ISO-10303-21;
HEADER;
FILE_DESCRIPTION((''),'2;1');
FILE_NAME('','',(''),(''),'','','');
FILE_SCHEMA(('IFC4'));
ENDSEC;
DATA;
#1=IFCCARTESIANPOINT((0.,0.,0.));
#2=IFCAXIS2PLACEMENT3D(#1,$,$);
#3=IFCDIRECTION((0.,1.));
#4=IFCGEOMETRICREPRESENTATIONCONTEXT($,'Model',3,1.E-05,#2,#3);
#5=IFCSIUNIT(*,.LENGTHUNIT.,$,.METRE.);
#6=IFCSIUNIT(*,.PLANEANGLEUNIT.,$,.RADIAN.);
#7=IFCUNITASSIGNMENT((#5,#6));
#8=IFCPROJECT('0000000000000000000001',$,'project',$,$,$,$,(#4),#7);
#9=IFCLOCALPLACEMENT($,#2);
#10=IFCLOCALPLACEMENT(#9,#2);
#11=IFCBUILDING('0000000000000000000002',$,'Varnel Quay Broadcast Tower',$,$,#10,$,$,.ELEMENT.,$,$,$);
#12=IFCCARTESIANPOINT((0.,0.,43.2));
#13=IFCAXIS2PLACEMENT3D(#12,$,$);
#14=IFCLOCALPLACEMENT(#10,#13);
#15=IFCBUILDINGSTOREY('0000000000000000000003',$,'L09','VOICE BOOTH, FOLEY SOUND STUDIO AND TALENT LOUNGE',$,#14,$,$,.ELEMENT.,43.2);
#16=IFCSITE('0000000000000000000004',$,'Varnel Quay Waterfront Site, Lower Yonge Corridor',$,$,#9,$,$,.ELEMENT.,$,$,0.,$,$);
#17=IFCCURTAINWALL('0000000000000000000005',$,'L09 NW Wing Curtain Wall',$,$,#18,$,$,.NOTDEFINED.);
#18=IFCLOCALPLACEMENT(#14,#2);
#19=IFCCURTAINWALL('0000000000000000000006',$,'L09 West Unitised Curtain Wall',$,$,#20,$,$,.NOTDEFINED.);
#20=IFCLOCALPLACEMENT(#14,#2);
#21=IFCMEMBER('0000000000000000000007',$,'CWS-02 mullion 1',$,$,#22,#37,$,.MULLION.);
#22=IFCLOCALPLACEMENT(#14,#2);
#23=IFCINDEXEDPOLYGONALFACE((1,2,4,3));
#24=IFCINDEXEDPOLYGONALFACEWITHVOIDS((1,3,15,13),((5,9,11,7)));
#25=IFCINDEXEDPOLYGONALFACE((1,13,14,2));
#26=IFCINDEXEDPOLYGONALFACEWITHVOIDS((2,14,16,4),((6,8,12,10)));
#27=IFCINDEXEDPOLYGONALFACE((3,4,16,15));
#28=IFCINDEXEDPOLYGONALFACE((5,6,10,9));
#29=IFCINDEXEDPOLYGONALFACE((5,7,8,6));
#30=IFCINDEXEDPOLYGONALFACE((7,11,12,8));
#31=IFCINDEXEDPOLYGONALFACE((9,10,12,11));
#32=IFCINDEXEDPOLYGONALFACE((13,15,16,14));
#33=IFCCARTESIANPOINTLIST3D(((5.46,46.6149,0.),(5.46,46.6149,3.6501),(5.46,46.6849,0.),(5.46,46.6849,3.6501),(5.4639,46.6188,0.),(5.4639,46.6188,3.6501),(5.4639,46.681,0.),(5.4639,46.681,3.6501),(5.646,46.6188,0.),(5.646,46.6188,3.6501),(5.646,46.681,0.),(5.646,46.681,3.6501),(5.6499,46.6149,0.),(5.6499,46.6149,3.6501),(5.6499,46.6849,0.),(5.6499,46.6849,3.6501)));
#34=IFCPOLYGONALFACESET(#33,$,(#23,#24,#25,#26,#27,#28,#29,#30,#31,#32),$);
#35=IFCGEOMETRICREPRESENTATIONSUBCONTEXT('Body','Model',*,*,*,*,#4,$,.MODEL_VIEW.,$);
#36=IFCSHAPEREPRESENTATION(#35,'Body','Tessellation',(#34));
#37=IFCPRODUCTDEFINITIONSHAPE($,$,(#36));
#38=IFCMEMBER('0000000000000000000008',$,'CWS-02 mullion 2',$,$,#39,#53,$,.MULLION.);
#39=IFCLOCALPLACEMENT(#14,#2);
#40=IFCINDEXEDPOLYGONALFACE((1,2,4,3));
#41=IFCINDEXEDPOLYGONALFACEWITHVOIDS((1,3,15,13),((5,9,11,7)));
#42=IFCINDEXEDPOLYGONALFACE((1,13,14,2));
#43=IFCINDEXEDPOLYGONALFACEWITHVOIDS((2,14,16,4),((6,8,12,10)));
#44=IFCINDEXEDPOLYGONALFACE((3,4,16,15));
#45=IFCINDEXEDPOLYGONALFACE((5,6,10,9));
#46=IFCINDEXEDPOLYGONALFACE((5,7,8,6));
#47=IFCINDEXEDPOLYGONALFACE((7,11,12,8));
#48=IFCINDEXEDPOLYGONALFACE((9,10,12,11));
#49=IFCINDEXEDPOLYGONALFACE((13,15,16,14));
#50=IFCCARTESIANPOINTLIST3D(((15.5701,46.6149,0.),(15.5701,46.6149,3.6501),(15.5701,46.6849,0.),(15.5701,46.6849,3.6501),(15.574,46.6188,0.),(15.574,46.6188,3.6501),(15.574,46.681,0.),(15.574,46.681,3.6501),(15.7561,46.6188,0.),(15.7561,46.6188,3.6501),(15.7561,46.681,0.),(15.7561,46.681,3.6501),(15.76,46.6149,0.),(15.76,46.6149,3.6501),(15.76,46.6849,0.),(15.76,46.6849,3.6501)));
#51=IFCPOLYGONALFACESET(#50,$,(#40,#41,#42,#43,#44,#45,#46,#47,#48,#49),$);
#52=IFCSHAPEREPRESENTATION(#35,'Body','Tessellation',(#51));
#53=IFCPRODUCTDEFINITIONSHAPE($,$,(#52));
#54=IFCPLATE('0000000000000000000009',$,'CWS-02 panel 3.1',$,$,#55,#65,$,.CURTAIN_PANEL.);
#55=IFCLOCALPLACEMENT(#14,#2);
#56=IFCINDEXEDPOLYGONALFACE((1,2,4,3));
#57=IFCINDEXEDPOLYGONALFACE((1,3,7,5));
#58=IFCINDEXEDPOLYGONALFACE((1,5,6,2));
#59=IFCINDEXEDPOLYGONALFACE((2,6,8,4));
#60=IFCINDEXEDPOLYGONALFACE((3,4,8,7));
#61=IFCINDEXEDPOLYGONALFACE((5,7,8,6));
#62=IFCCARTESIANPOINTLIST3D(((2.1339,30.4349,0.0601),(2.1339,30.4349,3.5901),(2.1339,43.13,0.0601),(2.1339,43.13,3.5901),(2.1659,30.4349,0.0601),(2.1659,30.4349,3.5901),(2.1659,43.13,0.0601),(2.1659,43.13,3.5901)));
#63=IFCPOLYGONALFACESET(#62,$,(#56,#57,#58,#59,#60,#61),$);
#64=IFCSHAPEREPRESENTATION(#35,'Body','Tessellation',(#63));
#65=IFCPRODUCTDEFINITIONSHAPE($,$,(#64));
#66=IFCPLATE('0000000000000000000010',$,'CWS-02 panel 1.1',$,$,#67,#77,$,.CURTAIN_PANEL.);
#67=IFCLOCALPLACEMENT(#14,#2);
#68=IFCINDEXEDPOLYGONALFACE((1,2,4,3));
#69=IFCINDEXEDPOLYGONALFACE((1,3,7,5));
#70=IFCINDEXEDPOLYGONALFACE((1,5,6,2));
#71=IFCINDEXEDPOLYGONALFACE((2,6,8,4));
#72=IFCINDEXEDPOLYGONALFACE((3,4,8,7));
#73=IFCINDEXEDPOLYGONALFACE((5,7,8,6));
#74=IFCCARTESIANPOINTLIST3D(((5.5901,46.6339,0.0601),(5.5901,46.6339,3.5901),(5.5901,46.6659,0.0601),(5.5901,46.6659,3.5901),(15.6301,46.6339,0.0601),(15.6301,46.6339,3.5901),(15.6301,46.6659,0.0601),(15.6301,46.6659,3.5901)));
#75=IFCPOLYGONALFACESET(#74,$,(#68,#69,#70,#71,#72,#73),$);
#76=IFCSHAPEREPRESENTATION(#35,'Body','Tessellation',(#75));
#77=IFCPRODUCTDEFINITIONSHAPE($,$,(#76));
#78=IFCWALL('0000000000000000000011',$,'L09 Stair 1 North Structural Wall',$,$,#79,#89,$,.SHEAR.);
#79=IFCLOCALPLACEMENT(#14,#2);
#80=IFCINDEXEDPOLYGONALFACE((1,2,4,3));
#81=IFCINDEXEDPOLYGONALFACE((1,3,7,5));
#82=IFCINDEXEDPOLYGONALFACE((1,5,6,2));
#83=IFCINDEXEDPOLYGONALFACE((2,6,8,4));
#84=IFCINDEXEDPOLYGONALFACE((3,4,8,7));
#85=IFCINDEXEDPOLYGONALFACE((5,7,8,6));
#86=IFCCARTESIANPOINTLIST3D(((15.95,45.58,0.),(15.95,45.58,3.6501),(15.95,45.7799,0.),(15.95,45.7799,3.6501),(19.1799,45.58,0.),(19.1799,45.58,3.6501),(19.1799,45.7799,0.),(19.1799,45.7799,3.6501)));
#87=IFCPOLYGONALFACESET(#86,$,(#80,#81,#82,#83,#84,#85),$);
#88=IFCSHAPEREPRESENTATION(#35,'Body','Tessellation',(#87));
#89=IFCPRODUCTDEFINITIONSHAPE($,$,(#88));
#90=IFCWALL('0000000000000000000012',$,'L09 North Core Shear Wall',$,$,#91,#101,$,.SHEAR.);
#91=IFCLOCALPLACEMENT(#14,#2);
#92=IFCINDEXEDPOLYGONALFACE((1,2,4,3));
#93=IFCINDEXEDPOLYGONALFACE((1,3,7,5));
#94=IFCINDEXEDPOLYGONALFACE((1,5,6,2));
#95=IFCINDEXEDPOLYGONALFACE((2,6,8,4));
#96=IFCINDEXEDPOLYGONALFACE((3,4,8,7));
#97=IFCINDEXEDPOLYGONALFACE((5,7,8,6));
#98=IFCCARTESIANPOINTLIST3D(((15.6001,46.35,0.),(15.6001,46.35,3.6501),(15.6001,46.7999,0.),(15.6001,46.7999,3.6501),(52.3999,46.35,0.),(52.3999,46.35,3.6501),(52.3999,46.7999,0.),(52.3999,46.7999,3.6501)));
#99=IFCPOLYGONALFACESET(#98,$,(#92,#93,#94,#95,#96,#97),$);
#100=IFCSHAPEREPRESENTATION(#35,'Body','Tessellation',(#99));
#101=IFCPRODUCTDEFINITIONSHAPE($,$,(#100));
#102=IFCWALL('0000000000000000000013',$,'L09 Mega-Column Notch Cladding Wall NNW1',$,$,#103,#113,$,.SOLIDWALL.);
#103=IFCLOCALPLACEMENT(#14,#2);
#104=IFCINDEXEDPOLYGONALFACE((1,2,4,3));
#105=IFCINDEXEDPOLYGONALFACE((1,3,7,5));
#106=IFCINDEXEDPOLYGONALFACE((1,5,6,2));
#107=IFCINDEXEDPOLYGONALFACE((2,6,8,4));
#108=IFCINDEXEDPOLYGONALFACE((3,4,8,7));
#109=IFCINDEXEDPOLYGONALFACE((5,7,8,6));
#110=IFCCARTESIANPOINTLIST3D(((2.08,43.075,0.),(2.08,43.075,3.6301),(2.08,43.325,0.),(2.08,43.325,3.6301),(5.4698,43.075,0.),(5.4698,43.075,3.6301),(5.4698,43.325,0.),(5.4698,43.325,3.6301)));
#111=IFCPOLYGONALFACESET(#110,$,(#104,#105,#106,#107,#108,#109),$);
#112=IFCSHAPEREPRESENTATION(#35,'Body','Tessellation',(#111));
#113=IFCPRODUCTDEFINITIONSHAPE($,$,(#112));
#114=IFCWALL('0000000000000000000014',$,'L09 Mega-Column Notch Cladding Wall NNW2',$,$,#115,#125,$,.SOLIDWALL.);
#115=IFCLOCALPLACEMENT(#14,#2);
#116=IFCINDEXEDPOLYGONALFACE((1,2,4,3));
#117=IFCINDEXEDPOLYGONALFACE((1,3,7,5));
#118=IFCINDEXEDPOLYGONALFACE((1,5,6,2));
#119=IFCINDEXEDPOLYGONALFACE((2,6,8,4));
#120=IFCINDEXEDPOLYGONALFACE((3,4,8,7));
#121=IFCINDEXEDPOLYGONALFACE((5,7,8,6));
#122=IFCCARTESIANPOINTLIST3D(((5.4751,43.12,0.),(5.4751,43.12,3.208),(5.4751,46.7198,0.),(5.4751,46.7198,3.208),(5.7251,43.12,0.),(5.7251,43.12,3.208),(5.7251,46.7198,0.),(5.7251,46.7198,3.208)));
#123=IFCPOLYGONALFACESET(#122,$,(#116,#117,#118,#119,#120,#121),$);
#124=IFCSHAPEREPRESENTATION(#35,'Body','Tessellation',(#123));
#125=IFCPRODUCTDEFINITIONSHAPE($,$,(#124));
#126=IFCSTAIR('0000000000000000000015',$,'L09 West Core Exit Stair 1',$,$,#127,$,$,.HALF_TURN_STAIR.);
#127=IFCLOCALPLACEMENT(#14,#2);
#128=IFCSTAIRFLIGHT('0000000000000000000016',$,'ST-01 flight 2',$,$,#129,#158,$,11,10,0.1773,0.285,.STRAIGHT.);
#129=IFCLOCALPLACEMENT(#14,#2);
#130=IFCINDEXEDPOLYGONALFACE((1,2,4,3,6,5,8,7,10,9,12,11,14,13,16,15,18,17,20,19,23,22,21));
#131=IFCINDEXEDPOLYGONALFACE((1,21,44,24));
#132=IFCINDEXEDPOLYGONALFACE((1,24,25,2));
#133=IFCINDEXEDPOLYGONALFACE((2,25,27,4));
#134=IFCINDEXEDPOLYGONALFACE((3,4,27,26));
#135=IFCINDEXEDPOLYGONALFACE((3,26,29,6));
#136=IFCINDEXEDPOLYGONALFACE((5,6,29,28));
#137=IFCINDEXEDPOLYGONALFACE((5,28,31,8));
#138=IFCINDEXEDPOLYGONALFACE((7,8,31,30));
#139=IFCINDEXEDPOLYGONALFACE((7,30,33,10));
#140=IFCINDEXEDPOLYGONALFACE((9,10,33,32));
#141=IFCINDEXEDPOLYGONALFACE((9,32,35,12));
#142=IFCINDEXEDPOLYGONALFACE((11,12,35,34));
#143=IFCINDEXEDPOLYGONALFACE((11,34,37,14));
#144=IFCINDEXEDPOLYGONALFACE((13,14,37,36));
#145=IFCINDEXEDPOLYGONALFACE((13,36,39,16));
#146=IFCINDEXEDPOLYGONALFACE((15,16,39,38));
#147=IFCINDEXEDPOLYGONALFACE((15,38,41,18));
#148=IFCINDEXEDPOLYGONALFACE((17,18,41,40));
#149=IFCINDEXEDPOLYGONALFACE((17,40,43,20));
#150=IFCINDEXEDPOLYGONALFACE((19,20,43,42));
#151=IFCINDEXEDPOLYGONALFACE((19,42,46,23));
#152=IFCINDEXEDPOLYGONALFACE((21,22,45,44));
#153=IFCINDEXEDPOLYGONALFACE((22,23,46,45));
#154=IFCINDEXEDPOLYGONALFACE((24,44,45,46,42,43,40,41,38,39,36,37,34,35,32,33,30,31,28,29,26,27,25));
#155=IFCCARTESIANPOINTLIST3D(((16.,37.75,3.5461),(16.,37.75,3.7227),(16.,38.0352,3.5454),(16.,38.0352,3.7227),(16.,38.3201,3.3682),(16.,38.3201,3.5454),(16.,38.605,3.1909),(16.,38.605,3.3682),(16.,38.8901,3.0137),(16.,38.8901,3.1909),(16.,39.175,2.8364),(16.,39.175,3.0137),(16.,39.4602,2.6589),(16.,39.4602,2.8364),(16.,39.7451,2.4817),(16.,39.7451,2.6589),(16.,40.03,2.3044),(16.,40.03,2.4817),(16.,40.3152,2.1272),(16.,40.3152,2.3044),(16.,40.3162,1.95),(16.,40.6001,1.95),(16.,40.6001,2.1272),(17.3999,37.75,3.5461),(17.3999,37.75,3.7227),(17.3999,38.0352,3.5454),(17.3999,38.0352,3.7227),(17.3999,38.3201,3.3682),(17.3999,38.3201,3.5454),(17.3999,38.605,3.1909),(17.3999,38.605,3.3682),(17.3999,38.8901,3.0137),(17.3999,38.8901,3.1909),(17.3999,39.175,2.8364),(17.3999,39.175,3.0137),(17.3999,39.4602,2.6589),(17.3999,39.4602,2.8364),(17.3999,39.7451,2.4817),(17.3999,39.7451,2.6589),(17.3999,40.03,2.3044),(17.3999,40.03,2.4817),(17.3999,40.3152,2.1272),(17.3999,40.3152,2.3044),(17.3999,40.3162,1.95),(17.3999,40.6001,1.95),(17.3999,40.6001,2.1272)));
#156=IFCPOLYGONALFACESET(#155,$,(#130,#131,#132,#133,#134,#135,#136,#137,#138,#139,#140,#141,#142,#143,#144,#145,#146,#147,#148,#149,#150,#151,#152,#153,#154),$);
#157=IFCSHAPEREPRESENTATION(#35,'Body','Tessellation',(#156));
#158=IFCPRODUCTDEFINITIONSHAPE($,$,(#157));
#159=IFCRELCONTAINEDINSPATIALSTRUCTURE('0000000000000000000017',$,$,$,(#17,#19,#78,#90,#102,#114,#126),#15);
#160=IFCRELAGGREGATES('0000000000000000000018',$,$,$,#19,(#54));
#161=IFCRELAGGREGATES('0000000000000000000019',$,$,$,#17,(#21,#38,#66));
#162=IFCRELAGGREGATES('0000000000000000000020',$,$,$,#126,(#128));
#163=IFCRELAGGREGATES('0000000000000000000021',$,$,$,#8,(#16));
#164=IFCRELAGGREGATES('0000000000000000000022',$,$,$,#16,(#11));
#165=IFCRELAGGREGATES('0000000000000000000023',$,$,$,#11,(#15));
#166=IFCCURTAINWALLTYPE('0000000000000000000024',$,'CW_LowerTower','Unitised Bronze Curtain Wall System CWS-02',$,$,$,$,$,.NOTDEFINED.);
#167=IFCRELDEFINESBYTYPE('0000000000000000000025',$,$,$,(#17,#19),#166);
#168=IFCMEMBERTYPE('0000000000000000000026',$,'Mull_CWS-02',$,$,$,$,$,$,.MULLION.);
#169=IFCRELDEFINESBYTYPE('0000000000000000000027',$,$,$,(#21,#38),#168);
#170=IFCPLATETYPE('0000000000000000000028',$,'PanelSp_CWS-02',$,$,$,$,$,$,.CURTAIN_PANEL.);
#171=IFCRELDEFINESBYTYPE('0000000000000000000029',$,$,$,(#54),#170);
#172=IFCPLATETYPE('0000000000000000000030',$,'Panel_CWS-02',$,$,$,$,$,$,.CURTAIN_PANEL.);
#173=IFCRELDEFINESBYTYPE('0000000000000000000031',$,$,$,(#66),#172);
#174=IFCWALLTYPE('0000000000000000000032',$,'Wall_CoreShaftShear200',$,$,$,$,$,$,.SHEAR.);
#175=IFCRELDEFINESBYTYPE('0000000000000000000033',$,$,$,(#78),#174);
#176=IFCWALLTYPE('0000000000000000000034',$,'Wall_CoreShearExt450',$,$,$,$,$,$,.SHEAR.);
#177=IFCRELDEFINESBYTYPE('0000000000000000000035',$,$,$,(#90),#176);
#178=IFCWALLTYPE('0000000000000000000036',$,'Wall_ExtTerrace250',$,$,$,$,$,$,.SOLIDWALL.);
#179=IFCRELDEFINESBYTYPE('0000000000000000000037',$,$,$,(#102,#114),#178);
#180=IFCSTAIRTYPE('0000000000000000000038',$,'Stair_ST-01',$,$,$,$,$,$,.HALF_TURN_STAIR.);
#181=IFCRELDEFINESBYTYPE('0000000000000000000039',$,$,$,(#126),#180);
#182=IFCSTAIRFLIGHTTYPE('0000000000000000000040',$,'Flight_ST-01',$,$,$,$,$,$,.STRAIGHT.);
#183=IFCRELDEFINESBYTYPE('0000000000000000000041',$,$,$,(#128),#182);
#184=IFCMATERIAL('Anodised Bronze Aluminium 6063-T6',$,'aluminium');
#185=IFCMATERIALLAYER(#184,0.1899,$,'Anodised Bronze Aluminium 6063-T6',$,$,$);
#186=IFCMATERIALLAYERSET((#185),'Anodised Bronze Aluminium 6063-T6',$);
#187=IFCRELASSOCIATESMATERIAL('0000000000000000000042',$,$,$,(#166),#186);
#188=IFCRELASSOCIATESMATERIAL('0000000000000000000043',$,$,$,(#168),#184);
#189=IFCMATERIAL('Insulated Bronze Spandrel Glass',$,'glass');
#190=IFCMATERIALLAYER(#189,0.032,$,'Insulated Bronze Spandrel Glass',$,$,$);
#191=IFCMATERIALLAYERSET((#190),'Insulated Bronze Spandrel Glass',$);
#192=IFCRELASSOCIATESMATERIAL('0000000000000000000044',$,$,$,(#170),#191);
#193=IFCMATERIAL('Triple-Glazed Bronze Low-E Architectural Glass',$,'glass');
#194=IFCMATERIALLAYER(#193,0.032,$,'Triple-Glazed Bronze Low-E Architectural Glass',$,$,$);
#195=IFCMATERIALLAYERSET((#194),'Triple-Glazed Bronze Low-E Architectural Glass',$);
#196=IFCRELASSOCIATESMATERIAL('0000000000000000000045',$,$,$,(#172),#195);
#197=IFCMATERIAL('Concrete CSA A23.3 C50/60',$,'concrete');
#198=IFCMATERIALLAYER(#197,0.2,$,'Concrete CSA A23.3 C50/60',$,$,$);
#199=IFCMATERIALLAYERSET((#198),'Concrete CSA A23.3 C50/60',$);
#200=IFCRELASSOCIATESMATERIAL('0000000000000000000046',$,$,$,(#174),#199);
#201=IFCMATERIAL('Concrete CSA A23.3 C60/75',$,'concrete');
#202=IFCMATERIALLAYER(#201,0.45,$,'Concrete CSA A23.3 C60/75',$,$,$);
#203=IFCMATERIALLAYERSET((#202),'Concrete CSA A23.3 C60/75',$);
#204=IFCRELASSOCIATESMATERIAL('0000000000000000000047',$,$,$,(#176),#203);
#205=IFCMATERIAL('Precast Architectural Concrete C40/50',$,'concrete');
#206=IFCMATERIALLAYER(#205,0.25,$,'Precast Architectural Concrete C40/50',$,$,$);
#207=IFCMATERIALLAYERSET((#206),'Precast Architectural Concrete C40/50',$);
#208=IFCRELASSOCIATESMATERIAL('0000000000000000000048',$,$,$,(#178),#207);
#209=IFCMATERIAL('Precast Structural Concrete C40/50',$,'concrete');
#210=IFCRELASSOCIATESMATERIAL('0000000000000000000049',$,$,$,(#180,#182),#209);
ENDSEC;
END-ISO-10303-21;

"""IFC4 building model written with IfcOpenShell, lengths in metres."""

from ifc_helpers import new_model, si_unit, direction, frame, frame_2d, origin, origin_2d, place, context, subcontext, project, spatial, polyline, rectangle, hollow_rectangle, outline, extrude, source, transform, mapped, material, layer, layer_set, material_profile, profile_set, type_object, type_shapes, element, aggregate, save


model = new_model("IFC4")

# Units and contexts
model_context = context("Model", 3, precision=1e-05, world=origin(), true_north=direction((0.0, 1.0)))
body_context = subcontext(model_context, "Body", "Model", "MODEL_VIEW")
ifc_project = project(units=[si_unit("LENGTHUNIT", "METRE"), si_unit("PLANEANGLEUNIT", "RADIAN")], contexts=[model_context])

# Site, building, storey
site_placement = place(None, origin())
site = spatial("IfcSite", under=ifc_project, at=site_placement, Name="Varnel Quay Waterfront Site, Lower Yonge Corridor", CompositionType="ELEMENT", RefElevation=0.0)
building_placement = place(site_placement, origin())
building = spatial("IfcBuilding", under=site, at=building_placement, Name="Varnel Quay Broadcast Tower", CompositionType="ELEMENT")
storey_placement = place(building_placement, frame((0.0, 0.0, 43.2)))
storey = spatial("IfcBuildingStorey", under=building, at=storey_placement, Name="L09", Description="VOICE BOOTH, FOLEY SOUND STUDIO AND TALENT LOUNGE", CompositionType="ELEMENT", Elevation=43.2)

# Curtain wall
ifc_material_1 = material(Name="Anodised Bronze Aluminium 6063-T6", Category="aluminium")
ifc_layer_1 = layer(ifc_material_1, 0.1899, Name="Anodised Bronze Aluminium 6063-T6")
ifc_layer_set_1 = layer_set([ifc_layer_1], Name="Anodised Bronze Aluminium 6063-T6")
curtain_wall_type = type_object("IfcCurtainWallType", Name="CW_LowerTower", Description="Unitised Bronze Curtain Wall System CWS-02", PredefinedType="NOTDEFINED", material=ifc_layer_set_1)
curtain_wall_1_placement = place(storey_placement, origin())
curtain_wall_1 = element("IfcCurtainWall", 1, at=curtain_wall_1_placement, inside=storey, type_object=curtain_wall_type, Name="L09 NW Wing Curtain Wall", PredefinedType="NOTDEFINED")

# Curtain wall
curtain_wall_2_placement = place(storey_placement, origin())
curtain_wall_2 = element("IfcCurtainWall", 2, at=curtain_wall_2_placement, inside=storey, type_object=curtain_wall_type, Name="L09 West Unitised Curtain Wall", PredefinedType="NOTDEFINED")
ifc_material_profile_1 = material_profile(ifc_material_1, hollow_rectangle(XDim=0.0701, YDim=0.1899, WallThickness=0.0039, at=origin_2d()), Name="ALU70X190X4")
ifc_profile_set_1 = profile_set([ifc_material_profile_1], Name="Anodised Bronze Aluminium 6063-T6")
member_type_1 = type_object("IfcMemberType", Name="Mull_CWS-02", PredefinedType="MULLION", material=ifc_profile_set_1)
shared_shape_1 = source(origin(), body_context, "Body", "SweptSolid", [
    extrude(hollow_rectangle(XDim=0.0701, YDim=0.1899, WallThickness=0.0039, at=origin_2d()), origin(), (0.0, 0.0, 1.0), 3.6501),
])
type_shapes(member_type_1, [shared_shape_1])

# Members
member_1_placement = place(storey_placement, frame((5.5549, 46.6499, 0.0), z_axis=(0.0, 0.0, 1.0), x_axis=(0.0, 1.0, 0.0)))
member_1 = element("IfcMember", 3, at=member_1_placement, type_object=member_type_1, Name="CWS-02 mullion 1", PredefinedType="MULLION", context=body_context, shape_type="MappedRepresentation", body=[
    mapped(shared_shape_1, transform((0.0, 0.0, 0.0), x_axis=(1.0, 0.0, 0.0), y_axis=(0.0, 1.0, 0.0), z_axis=(0.0, 0.0, 1.0), scale=1.0)),
])
member_2_placement = place(storey_placement, frame((15.665, 46.6499, 0.0), z_axis=(0.0, 0.0, 1.0), x_axis=(0.0, 1.0, 0.0)))
member_2 = element("IfcMember", 4, at=member_2_placement, type_object=member_type_1, Name="CWS-02 mullion 2", PredefinedType="MULLION", context=body_context, shape_type="MappedRepresentation", body=[
    mapped(shared_shape_1, transform((0.0, 0.0, 0.0), x_axis=(1.0, 0.0, 0.0), y_axis=(0.0, 1.0, 0.0), z_axis=(0.0, 0.0, 1.0), scale=1.0)),
])

# Plates
ifc_material_2 = material(Name="Insulated Bronze Spandrel Glass", Category="glass")
ifc_layer_2 = layer(ifc_material_2, 0.032, Name="Insulated Bronze Spandrel Glass")
ifc_layer_set_2 = layer_set([ifc_layer_2], Name="Insulated Bronze Spandrel Glass")
plate_type_1 = type_object("IfcPlateType", Name="PanelSp_CWS-02", PredefinedType="CURTAIN_PANEL", material=ifc_layer_set_2)
shared_shape_2 = source(origin(), body_context, "Body", "SweptSolid", [
    extrude(rectangle(XDim=12.6951, YDim=0.032, at=origin_2d()), origin(), (0.0, 0.0, 1.0), 3.53),
])
type_shapes(plate_type_1, [shared_shape_2])
plate_1_placement = place(storey_placement, frame((2.1499, 36.7825, 0.0601), z_axis=(0.0, 0.0, 1.0), x_axis=(0.0, 1.0, 0.0)))
plate_1 = element("IfcPlate", 5, at=plate_1_placement, type_object=plate_type_1, Name="CWS-02 panel 3.1", PredefinedType="CURTAIN_PANEL", context=body_context, shape_type="MappedRepresentation", body=[
    mapped(shared_shape_2, transform((0.0, 0.0, 0.0), x_axis=(1.0, 0.0, 0.0), y_axis=(0.0, 1.0, 0.0), z_axis=(0.0, 0.0, 1.0), scale=1.0)),
])
aggregate(curtain_wall_2, [plate_1])
ifc_material_3 = material(Name="Triple-Glazed Bronze Low-E Architectural Glass", Category="glass")
ifc_layer_3 = layer(ifc_material_3, 0.032, Name="Triple-Glazed Bronze Low-E Architectural Glass")
ifc_layer_set_3 = layer_set([ifc_layer_3], Name="Triple-Glazed Bronze Low-E Architectural Glass")
plate_type_2 = type_object("IfcPlateType", Name="Panel_CWS-02", PredefinedType="CURTAIN_PANEL", material=ifc_layer_set_3)
shared_shape_3 = source(origin(), body_context, "Body", "SweptSolid", [
    extrude(rectangle(XDim=10.04, YDim=0.032, at=origin_2d()), origin(), (0.0, 0.0, 1.0), 3.53),
])
type_shapes(plate_type_2, [shared_shape_3])
plate_2_placement = place(storey_placement, frame((10.6101, 46.6499, 0.0601), z_axis=(0.0, 0.0, 1.0), x_axis=(1.0, 0.0, 0.0)))
plate_2 = element("IfcPlate", 6, at=plate_2_placement, type_object=plate_type_2, Name="CWS-02 panel 1.1", PredefinedType="CURTAIN_PANEL", context=body_context, shape_type="MappedRepresentation", body=[
    mapped(shared_shape_3, transform((0.0, 0.0, 0.0), x_axis=(1.0, 0.0, 0.0), y_axis=(0.0, 1.0, 0.0), z_axis=(0.0, 0.0, 1.0), scale=1.0)),
])
aggregate(curtain_wall_1, [member_1, member_2, plate_2])

# Walls
ifc_material_4 = material(Name="Concrete CSA A23.3 C50/60", Category="concrete")
ifc_layer_4 = layer(ifc_material_4, 0.2, Name="Concrete CSA A23.3 C50/60")
ifc_layer_set_4 = layer_set([ifc_layer_4], Name="Concrete CSA A23.3 C50/60")
wall_type_1 = type_object("IfcWallType", Name="Wall_CoreShaftShear200", PredefinedType="SHEAR", material=ifc_layer_set_4)
wall_1_placement = place(storey_placement, frame((15.95, 45.6799, 0.0), z_axis=(0.0, 0.0, 1.0), x_axis=(1.0, 0.0, 0.0)))
element("IfcWall", 7, at=wall_1_placement, inside=storey, type_object=wall_type_1, Name="L09 Stair 1 North Structural Wall", PredefinedType="SHEAR", context=body_context, shape_type="SweptSolid", body=[
    extrude(rectangle(XDim=3.23, YDim=0.2, at=frame_2d((1.615, 0.0))), origin(), (0.0, 0.0, 1.0), 3.6501),
])
ifc_material_5 = material(Name="Concrete CSA A23.3 C60/75", Category="concrete")
ifc_layer_5 = layer(ifc_material_5, 0.45, Name="Concrete CSA A23.3 C60/75")
ifc_layer_set_5 = layer_set([ifc_layer_5], Name="Concrete CSA A23.3 C60/75")
wall_type_2 = type_object("IfcWallType", Name="Wall_CoreShearExt450", PredefinedType="SHEAR", material=ifc_layer_set_5)
wall_2_placement = place(storey_placement, frame((15.6001, 46.575, 0.0), z_axis=(0.0, 0.0, 1.0), x_axis=(1.0, 0.0, 0.0)))
element("IfcWall", 8, at=wall_2_placement, inside=storey, type_object=wall_type_2, Name="L09 North Core Shear Wall", PredefinedType="SHEAR", context=body_context, shape_type="SweptSolid", body=[
    extrude(rectangle(XDim=36.7998, YDim=0.45, at=frame_2d((18.3999, 0.0))), origin(), (0.0, 0.0, 1.0), 3.6501),
])
ifc_material_6 = material(Name="Precast Architectural Concrete C40/50", Category="concrete")
ifc_layer_6 = layer(ifc_material_6, 0.25, Name="Precast Architectural Concrete C40/50")
ifc_layer_set_6 = layer_set([ifc_layer_6], Name="Precast Architectural Concrete C40/50")
wall_type_3 = type_object("IfcWallType", Name="Wall_ExtTerrace250", PredefinedType="SOLIDWALL", material=ifc_layer_set_6)
wall_3_placement = place(storey_placement, frame((2.0801, 43.2, 0.0), z_axis=(0.0, 0.0, 1.0), x_axis=(1.0, 0.0, 0.0)))
element("IfcWall", 9, at=wall_3_placement, inside=storey, type_object=wall_type_3, Name="L09 Mega-Column Notch Cladding Wall NNW1", PredefinedType="SOLIDWALL", context=body_context, shape_type="SweptSolid", body=[
    extrude(rectangle(XDim=3.3899, YDim=0.25, at=frame_2d((1.6948, 0.0))), origin(), (0.0, 0.0, 1.0), 3.6301),
])
wall_4_placement = place(storey_placement, frame((5.6001, 43.1201, 0.0), z_axis=(0.0, 0.0, 1.0), x_axis=(0.0, 1.0, 0.0)))
element("IfcWall", 10, at=wall_4_placement, inside=storey, type_object=wall_type_3, Name="L09 Mega-Column Notch Cladding Wall NNW2", PredefinedType="SOLIDWALL", context=body_context, shape_type="SweptSolid", body=[
    extrude(rectangle(XDim=3.5999, YDim=0.25, at=frame_2d((1.7998, 0.0))), origin(), (0.0, 0.0, 1.0), 3.208),
])

# Stair, stair flight
ifc_material_7 = material(Name="Precast Structural Concrete C40/50", Category="concrete")
stair_type = type_object("IfcStairType", Name="Stair_ST-01", PredefinedType="HALF_TURN_STAIR", material=ifc_material_7)
stair_placement = place(storey_placement, origin())
stair = element("IfcStair", 11, at=stair_placement, inside=storey, type_object=stair_type, Name="L09 West Core Exit Stair 1", PredefinedType="HALF_TURN_STAIR")
stair_flight_type = type_object("IfcStairFlightType", Name="Flight_ST-01", PredefinedType="STRAIGHT", material=ifc_material_7)
stair_flight_placement = place(storey_placement, frame((16.7, 40.6001, 1.95), z_axis=(0.0, 0.0, 1.0), x_axis=(0.0, -1.0, 0.0)))
stair_flight = element("IfcStairFlight", 12, at=stair_flight_placement, type_object=stair_flight_type, Name="ST-01 flight 2", NumberOfRisers=11, NumberOfTreads=10, PredefinedType="STRAIGHT", RiserHeight=0.1773, TreadLength=0.285, context=body_context, shape_type="SweptSolid", body=[
    extrude(outline(polyline([(0.0, 0.0), (0.0, 0.1772), (0.2849, 0.1772), (0.2849, 0.3545), (0.5701, 0.3545), (0.5701, 0.5317), (0.855, 0.5317), (0.855, 0.709), (1.1399, 0.709), (1.1399, 0.8865), (1.425, 0.8865), (1.425, 1.0637), (1.71, 1.0637), (1.71, 1.241), (1.9951, 1.241), (1.9951, 1.4182), (2.28, 1.4182), (2.28, 1.5955), (2.5649, 1.5955), (2.5649, 1.7727), (2.8501, 1.7727), (2.8501, 1.95), (2.8501, 1.5962), (0.2839, 0.0), (0.0, 0.0)])), frame((0.0, 0.7, 0.0), z_axis=(0.0, -1.0, 0.0), x_axis=(1.0, 0.0, 0.0)), (0.0, 0.0, 1.0), 1.3999),
])
aggregate(stair, [stair_flight])

save(model, "model.ifc")
